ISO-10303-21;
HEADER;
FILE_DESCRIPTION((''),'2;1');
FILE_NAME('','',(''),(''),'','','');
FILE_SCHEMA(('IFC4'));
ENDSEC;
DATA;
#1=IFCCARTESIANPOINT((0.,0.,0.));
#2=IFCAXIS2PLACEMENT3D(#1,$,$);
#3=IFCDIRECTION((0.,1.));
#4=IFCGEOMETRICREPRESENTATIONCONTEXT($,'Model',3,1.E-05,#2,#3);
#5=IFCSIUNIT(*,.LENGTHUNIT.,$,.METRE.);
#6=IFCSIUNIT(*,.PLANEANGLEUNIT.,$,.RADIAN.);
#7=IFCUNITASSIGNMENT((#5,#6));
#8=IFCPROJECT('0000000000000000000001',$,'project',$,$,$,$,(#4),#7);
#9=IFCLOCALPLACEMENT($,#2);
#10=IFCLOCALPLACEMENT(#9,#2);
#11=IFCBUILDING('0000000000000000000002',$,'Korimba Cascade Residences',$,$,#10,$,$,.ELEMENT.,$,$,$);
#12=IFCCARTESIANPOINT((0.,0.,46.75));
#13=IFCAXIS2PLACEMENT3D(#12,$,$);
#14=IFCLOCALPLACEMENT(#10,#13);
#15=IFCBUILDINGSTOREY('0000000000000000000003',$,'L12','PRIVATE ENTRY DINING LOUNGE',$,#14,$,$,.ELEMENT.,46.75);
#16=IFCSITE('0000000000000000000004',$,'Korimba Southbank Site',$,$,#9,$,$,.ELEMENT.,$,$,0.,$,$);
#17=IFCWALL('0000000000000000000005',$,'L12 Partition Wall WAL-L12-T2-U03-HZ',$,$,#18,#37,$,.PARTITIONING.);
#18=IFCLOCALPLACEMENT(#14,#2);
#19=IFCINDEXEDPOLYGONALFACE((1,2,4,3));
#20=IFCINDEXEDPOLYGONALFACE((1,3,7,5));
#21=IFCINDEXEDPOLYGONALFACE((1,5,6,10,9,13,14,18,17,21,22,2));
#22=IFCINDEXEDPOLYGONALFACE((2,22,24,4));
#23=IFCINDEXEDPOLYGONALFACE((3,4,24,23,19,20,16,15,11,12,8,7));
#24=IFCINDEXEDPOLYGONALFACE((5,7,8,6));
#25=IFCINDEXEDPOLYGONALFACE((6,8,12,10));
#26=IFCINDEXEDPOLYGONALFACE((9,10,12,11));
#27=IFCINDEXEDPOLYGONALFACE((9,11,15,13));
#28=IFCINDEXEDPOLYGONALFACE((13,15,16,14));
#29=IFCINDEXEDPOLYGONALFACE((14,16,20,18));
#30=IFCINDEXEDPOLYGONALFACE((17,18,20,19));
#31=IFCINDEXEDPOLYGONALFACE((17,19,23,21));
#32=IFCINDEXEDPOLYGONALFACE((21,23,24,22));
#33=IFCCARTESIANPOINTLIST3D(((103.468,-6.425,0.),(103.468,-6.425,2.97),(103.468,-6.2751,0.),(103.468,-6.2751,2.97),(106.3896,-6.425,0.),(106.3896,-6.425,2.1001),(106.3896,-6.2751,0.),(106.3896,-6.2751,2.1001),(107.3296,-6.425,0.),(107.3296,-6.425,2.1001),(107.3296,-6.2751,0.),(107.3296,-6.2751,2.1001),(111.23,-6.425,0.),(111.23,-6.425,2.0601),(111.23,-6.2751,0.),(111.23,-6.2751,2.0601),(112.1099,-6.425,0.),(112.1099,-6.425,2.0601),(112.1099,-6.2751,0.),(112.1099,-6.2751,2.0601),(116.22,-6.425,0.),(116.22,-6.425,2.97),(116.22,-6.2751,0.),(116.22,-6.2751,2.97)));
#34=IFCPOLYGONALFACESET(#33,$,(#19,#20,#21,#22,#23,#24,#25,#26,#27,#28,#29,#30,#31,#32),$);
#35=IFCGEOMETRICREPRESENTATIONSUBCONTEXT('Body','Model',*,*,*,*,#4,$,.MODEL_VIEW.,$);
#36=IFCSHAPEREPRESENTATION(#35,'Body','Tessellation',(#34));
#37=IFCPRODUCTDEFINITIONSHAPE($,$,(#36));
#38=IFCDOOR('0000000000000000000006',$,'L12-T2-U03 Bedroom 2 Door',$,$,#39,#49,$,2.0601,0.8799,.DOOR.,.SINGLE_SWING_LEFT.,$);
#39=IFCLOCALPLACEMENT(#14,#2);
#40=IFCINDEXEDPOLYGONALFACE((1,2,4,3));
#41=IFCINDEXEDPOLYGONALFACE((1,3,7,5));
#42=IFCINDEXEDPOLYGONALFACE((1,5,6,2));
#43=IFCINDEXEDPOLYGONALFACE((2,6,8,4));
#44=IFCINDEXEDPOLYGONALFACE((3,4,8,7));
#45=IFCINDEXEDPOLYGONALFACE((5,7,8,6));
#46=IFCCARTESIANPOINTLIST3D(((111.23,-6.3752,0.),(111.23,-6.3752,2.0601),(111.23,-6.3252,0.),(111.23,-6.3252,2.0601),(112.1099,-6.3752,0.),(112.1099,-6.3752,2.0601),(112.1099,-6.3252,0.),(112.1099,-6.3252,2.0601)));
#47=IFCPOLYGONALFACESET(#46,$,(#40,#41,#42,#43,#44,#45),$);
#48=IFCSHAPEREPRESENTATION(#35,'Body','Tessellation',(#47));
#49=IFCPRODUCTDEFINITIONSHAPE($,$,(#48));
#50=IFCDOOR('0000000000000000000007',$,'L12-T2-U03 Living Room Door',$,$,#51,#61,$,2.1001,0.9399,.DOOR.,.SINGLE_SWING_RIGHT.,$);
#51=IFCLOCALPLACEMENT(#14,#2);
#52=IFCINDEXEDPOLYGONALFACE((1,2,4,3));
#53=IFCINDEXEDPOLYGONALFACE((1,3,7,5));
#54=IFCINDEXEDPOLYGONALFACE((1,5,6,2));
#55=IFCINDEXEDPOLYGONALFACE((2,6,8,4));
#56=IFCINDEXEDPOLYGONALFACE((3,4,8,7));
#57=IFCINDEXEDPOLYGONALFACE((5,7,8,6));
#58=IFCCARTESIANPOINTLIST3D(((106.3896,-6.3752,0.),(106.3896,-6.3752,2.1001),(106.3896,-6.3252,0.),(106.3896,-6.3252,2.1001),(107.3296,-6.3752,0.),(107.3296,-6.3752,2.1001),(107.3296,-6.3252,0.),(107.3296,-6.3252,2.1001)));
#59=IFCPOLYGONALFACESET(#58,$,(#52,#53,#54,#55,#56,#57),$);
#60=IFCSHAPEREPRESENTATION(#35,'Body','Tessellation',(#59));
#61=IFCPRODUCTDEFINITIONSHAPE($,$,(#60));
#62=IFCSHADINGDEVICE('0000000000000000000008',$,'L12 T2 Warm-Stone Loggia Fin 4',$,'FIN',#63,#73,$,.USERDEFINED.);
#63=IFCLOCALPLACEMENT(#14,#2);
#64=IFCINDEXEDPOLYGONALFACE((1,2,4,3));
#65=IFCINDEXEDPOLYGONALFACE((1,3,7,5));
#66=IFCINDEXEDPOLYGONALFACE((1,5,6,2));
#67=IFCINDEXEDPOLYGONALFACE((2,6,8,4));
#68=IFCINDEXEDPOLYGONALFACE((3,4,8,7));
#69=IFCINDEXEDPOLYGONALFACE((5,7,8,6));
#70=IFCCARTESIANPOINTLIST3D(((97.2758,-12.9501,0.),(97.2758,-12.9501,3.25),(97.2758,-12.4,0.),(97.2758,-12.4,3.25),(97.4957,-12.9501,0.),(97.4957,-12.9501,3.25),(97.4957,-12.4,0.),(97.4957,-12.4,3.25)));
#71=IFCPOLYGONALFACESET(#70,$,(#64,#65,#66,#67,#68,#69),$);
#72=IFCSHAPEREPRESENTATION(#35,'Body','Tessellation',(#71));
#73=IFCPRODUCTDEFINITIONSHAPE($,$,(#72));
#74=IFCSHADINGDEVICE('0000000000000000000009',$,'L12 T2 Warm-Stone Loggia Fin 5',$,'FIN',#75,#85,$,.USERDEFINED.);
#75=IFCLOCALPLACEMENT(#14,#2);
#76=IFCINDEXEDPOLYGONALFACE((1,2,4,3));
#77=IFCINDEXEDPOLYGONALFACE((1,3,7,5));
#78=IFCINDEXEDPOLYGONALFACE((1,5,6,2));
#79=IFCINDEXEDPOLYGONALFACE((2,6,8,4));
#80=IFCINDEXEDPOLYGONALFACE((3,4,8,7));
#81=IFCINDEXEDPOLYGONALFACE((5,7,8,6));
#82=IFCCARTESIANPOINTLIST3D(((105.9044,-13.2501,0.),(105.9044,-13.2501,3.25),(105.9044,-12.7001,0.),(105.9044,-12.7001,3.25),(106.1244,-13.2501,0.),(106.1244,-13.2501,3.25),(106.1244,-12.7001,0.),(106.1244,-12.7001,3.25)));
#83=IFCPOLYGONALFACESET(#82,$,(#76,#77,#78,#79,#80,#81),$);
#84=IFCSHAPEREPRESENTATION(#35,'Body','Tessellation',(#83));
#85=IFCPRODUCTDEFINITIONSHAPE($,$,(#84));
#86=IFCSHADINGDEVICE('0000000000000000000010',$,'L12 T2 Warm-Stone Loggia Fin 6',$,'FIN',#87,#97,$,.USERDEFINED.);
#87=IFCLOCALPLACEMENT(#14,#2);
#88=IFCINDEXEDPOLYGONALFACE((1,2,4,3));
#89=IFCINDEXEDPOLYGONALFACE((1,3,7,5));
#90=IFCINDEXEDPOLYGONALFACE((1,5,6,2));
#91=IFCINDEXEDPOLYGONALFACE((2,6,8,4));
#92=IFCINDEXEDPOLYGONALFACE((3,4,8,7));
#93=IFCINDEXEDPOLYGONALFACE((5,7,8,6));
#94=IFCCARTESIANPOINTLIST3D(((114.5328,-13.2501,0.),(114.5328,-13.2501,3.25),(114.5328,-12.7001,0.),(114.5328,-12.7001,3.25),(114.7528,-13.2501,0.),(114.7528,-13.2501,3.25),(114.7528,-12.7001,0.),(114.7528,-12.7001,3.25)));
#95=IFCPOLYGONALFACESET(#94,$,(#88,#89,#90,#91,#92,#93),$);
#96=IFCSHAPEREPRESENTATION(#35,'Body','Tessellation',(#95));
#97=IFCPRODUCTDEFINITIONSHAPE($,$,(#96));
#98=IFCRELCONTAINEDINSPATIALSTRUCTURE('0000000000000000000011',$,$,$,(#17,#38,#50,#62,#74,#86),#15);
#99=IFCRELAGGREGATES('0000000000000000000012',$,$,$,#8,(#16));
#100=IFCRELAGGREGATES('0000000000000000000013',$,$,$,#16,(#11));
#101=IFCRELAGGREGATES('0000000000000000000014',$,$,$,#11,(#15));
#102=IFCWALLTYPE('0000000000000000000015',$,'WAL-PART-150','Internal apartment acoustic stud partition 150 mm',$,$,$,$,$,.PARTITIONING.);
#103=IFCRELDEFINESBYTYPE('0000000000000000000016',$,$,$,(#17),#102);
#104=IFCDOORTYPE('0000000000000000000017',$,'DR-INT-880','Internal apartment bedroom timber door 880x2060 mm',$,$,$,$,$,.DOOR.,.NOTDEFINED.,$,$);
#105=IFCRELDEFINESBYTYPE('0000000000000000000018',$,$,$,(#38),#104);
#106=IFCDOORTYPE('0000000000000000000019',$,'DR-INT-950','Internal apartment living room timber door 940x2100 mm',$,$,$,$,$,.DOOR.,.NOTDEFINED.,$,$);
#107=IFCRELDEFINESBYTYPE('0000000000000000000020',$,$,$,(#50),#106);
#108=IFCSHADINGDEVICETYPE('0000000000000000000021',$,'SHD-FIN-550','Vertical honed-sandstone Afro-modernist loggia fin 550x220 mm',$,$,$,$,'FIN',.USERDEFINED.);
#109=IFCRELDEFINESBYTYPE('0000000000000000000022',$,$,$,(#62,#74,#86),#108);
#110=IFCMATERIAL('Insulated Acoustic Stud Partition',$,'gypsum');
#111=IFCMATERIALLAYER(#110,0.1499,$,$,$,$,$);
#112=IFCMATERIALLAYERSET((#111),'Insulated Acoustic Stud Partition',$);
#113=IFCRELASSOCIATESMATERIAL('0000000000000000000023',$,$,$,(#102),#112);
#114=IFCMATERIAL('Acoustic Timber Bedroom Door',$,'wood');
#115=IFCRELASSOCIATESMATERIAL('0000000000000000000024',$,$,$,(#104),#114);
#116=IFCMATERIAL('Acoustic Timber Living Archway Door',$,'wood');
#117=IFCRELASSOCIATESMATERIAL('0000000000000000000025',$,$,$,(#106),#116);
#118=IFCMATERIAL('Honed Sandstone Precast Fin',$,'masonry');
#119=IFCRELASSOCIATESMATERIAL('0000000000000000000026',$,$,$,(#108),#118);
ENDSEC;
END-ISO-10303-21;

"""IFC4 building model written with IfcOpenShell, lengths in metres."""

from ifc_helpers import new_model, si_unit, direction, frame, frame_2d, origin, origin_2d, place, context, subcontext, project, spatial, rectangle, extrude, material, layer, layer_set, type_object, element, fill, save


model = new_model("IFC4")

# Units and contexts
model_context = context("Model", 3, precision=1e-05, world=origin(), true_north=direction((0.0, 1.0)))
body_context = subcontext(model_context, "Body", "Model", "MODEL_VIEW")
ifc_project = project(units=[si_unit("LENGTHUNIT", "METRE"), si_unit("PLANEANGLEUNIT", "RADIAN")], contexts=[model_context])

# Site, building, storey
site_placement = place(None, origin())
site = spatial("IfcSite", under=ifc_project, at=site_placement, Name="Korimba Southbank Site", CompositionType="ELEMENT", RefElevation=0.0)
building_placement = place(site_placement, origin())
building = spatial("IfcBuilding", under=site, at=building_placement, Name="Korimba Cascade Residences", CompositionType="ELEMENT")
storey_placement = place(building_placement, frame((0.0, 0.0, 46.75)))
storey = spatial("IfcBuildingStorey", under=building, at=storey_placement, Name="L12", Description="PRIVATE ENTRY DINING LOUNGE", CompositionType="ELEMENT", Elevation=46.75)

# Shared definitions
ifc_material_1 = material(Name="Insulated Acoustic Stud Partition", Category="gypsum")
ifc_layer_1 = layer(ifc_material_1, 0.1499)
ifc_layer_set_1 = layer_set([ifc_layer_1], Name="Insulated Acoustic Stud Partition")
wall_type_1 = type_object("IfcWallType", Name="WAL-PART-150", Description="Internal apartment acoustic stud partition 150 mm", PredefinedType="PARTITIONING", material=ifc_layer_set_1)

# Wall, openings, doors
wall_1_placement = place(storey_placement, frame((103.468, -6.3501, 0.0), z_axis=(0.0, 0.0, 1.0), x_axis=(1.0, 0.0, 0.0)))
wall_1 = element("IfcWall", 1, at=wall_1_placement, inside=storey, type_object=wall_type_1, Name="L12 Partition Wall WAL-L12-T2-U03-HZ", PredefinedType="PARTITIONING", context=body_context, shape_type="SweptSolid", body=[
    extrude(rectangle(XDim=12.752, YDim=0.1499, at=frame_2d((6.376, 0.0))), origin(), (0.0, 0.0, 1.0), 2.97),
])
opening_1_placement = place(wall_1_placement, frame((2.9216, 0.0, 0.0)))
opening_1 = element("IfcOpeningElement", 2, at=opening_1_placement, cuts=wall_1, PredefinedType="OPENING", context=body_context, shape_type="SweptSolid", body=[
    extrude(rectangle(XDim=0.9399, YDim=2.1001, at=frame_2d((0.47, 1.05))), frame((0.0, 0.085, 0.0), z_axis=(0.0, -1.0, 0.0), x_axis=(1.0, 0.0, 0.0)), (0.0, 0.0, 1.0), 0.1699),
])
opening_2_placement = place(wall_1_placement, frame((7.762, 0.0, 0.0)))
opening_2 = element("IfcOpeningElement", 3, at=opening_2_placement, cuts=wall_1, PredefinedType="OPENING", context=body_context, shape_type="SweptSolid", body=[
    extrude(rectangle(XDim=0.8799, YDim=2.0601, at=frame_2d((0.4399, 1.03))), frame((0.0, 0.085, 0.0), z_axis=(0.0, -1.0, 0.0), x_axis=(1.0, 0.0, 0.0)), (0.0, 0.0, 1.0), 0.1699),
])
ifc_material_2 = material(Name="Acoustic Timber Bedroom Door", Category="wood")
door_type_1 = type_object("IfcDoorType", Name="DR-INT-880", Description="Internal apartment bedroom timber door 880x2060 mm", OperationType="NOTDEFINED", PredefinedType="DOOR", material=ifc_material_2)
door_1_placement = place(opening_2_placement, origin())
door_1 = element("IfcDoor", 4, at=door_1_placement, inside=storey, type_object=door_type_1, Name="L12-T2-U03 Bedroom 2 Door", OperationType="SINGLE_SWING_LEFT", OverallHeight=2.0601, OverallWidth=0.8799, PredefinedType="DOOR", context=body_context, shape_type="SweptSolid", body=[
    extrude(rectangle(XDim=0.8799, YDim=2.0601, at=frame_2d((0.4399, 1.03))), frame((0.0, 0.0249, 0.0), z_axis=(0.0, -1.0, 0.0), x_axis=(1.0, 0.0, 0.0)), (0.0, 0.0, 1.0), 0.05),
])
fill(opening_2, door_1)
ifc_material_3 = material(Name="Acoustic Timber Living Archway Door", Category="wood")
door_type_2 = type_object("IfcDoorType", Name="DR-INT-950", Description="Internal apartment living room timber door 940x2100 mm", OperationType="NOTDEFINED", PredefinedType="DOOR", material=ifc_material_3)
door_2_placement = place(opening_1_placement, origin())
door_2 = element("IfcDoor", 5, at=door_2_placement, inside=storey, type_object=door_type_2, Name="L12-T2-U03 Living Room Door", OperationType="SINGLE_SWING_RIGHT", OverallHeight=2.1001, OverallWidth=0.9399, PredefinedType="DOOR", context=body_context, shape_type="SweptSolid", body=[
    extrude(rectangle(XDim=0.9399, YDim=2.1001, at=frame_2d((0.47, 1.05))), frame((0.0, 0.0249, 0.0), z_axis=(0.0, -1.0, 0.0), x_axis=(1.0, 0.0, 0.0)), (0.0, 0.0, 1.0), 0.05),
])
fill(opening_1, door_2)

# Shading devices
ifc_material_4 = material(Name="Honed Sandstone Precast Fin", Category="masonry")
shading_device_type = type_object("IfcShadingDeviceType", Name="SHD-FIN-550", Description="Vertical honed-sandstone Afro-modernist loggia fin 550x220 mm", ElementType="FIN", PredefinedType="USERDEFINED", material=ifc_material_4)
for number, where, z_axis, x_axis, name in (
    (6, (97.3857, -12.675, 0.0), (0.0, 0.0, 1.0), (1.0, 0.0, 0.0), "L12 T2 Warm-Stone Loggia Fin 4"),
    (7, (106.0144, -12.9751, 0.0), (0.0, 0.0, 1.0), (1.0, 0.0, 0.0), "L12 T2 Warm-Stone Loggia Fin 5"),
    (8, (114.6428, -12.9751, 0.0), (0.0, 0.0, 1.0), (1.0, 0.0, 0.0), "L12 T2 Warm-Stone Loggia Fin 6"),
):
    element("IfcShadingDevice", number, at=place(storey_placement, frame(where, z_axis=z_axis, x_axis=x_axis)), inside=storey, type_object=shading_device_type, Name=name, ObjectType="FIN", PredefinedType="USERDEFINED", context=body_context, shape_type="SweptSolid", body=[
        extrude(rectangle(XDim=0.22, YDim=0.55, at=origin_2d()), origin(), (0.0, 0.0, 1.0), 3.25),
    ])

save(model, "model.ifc")
